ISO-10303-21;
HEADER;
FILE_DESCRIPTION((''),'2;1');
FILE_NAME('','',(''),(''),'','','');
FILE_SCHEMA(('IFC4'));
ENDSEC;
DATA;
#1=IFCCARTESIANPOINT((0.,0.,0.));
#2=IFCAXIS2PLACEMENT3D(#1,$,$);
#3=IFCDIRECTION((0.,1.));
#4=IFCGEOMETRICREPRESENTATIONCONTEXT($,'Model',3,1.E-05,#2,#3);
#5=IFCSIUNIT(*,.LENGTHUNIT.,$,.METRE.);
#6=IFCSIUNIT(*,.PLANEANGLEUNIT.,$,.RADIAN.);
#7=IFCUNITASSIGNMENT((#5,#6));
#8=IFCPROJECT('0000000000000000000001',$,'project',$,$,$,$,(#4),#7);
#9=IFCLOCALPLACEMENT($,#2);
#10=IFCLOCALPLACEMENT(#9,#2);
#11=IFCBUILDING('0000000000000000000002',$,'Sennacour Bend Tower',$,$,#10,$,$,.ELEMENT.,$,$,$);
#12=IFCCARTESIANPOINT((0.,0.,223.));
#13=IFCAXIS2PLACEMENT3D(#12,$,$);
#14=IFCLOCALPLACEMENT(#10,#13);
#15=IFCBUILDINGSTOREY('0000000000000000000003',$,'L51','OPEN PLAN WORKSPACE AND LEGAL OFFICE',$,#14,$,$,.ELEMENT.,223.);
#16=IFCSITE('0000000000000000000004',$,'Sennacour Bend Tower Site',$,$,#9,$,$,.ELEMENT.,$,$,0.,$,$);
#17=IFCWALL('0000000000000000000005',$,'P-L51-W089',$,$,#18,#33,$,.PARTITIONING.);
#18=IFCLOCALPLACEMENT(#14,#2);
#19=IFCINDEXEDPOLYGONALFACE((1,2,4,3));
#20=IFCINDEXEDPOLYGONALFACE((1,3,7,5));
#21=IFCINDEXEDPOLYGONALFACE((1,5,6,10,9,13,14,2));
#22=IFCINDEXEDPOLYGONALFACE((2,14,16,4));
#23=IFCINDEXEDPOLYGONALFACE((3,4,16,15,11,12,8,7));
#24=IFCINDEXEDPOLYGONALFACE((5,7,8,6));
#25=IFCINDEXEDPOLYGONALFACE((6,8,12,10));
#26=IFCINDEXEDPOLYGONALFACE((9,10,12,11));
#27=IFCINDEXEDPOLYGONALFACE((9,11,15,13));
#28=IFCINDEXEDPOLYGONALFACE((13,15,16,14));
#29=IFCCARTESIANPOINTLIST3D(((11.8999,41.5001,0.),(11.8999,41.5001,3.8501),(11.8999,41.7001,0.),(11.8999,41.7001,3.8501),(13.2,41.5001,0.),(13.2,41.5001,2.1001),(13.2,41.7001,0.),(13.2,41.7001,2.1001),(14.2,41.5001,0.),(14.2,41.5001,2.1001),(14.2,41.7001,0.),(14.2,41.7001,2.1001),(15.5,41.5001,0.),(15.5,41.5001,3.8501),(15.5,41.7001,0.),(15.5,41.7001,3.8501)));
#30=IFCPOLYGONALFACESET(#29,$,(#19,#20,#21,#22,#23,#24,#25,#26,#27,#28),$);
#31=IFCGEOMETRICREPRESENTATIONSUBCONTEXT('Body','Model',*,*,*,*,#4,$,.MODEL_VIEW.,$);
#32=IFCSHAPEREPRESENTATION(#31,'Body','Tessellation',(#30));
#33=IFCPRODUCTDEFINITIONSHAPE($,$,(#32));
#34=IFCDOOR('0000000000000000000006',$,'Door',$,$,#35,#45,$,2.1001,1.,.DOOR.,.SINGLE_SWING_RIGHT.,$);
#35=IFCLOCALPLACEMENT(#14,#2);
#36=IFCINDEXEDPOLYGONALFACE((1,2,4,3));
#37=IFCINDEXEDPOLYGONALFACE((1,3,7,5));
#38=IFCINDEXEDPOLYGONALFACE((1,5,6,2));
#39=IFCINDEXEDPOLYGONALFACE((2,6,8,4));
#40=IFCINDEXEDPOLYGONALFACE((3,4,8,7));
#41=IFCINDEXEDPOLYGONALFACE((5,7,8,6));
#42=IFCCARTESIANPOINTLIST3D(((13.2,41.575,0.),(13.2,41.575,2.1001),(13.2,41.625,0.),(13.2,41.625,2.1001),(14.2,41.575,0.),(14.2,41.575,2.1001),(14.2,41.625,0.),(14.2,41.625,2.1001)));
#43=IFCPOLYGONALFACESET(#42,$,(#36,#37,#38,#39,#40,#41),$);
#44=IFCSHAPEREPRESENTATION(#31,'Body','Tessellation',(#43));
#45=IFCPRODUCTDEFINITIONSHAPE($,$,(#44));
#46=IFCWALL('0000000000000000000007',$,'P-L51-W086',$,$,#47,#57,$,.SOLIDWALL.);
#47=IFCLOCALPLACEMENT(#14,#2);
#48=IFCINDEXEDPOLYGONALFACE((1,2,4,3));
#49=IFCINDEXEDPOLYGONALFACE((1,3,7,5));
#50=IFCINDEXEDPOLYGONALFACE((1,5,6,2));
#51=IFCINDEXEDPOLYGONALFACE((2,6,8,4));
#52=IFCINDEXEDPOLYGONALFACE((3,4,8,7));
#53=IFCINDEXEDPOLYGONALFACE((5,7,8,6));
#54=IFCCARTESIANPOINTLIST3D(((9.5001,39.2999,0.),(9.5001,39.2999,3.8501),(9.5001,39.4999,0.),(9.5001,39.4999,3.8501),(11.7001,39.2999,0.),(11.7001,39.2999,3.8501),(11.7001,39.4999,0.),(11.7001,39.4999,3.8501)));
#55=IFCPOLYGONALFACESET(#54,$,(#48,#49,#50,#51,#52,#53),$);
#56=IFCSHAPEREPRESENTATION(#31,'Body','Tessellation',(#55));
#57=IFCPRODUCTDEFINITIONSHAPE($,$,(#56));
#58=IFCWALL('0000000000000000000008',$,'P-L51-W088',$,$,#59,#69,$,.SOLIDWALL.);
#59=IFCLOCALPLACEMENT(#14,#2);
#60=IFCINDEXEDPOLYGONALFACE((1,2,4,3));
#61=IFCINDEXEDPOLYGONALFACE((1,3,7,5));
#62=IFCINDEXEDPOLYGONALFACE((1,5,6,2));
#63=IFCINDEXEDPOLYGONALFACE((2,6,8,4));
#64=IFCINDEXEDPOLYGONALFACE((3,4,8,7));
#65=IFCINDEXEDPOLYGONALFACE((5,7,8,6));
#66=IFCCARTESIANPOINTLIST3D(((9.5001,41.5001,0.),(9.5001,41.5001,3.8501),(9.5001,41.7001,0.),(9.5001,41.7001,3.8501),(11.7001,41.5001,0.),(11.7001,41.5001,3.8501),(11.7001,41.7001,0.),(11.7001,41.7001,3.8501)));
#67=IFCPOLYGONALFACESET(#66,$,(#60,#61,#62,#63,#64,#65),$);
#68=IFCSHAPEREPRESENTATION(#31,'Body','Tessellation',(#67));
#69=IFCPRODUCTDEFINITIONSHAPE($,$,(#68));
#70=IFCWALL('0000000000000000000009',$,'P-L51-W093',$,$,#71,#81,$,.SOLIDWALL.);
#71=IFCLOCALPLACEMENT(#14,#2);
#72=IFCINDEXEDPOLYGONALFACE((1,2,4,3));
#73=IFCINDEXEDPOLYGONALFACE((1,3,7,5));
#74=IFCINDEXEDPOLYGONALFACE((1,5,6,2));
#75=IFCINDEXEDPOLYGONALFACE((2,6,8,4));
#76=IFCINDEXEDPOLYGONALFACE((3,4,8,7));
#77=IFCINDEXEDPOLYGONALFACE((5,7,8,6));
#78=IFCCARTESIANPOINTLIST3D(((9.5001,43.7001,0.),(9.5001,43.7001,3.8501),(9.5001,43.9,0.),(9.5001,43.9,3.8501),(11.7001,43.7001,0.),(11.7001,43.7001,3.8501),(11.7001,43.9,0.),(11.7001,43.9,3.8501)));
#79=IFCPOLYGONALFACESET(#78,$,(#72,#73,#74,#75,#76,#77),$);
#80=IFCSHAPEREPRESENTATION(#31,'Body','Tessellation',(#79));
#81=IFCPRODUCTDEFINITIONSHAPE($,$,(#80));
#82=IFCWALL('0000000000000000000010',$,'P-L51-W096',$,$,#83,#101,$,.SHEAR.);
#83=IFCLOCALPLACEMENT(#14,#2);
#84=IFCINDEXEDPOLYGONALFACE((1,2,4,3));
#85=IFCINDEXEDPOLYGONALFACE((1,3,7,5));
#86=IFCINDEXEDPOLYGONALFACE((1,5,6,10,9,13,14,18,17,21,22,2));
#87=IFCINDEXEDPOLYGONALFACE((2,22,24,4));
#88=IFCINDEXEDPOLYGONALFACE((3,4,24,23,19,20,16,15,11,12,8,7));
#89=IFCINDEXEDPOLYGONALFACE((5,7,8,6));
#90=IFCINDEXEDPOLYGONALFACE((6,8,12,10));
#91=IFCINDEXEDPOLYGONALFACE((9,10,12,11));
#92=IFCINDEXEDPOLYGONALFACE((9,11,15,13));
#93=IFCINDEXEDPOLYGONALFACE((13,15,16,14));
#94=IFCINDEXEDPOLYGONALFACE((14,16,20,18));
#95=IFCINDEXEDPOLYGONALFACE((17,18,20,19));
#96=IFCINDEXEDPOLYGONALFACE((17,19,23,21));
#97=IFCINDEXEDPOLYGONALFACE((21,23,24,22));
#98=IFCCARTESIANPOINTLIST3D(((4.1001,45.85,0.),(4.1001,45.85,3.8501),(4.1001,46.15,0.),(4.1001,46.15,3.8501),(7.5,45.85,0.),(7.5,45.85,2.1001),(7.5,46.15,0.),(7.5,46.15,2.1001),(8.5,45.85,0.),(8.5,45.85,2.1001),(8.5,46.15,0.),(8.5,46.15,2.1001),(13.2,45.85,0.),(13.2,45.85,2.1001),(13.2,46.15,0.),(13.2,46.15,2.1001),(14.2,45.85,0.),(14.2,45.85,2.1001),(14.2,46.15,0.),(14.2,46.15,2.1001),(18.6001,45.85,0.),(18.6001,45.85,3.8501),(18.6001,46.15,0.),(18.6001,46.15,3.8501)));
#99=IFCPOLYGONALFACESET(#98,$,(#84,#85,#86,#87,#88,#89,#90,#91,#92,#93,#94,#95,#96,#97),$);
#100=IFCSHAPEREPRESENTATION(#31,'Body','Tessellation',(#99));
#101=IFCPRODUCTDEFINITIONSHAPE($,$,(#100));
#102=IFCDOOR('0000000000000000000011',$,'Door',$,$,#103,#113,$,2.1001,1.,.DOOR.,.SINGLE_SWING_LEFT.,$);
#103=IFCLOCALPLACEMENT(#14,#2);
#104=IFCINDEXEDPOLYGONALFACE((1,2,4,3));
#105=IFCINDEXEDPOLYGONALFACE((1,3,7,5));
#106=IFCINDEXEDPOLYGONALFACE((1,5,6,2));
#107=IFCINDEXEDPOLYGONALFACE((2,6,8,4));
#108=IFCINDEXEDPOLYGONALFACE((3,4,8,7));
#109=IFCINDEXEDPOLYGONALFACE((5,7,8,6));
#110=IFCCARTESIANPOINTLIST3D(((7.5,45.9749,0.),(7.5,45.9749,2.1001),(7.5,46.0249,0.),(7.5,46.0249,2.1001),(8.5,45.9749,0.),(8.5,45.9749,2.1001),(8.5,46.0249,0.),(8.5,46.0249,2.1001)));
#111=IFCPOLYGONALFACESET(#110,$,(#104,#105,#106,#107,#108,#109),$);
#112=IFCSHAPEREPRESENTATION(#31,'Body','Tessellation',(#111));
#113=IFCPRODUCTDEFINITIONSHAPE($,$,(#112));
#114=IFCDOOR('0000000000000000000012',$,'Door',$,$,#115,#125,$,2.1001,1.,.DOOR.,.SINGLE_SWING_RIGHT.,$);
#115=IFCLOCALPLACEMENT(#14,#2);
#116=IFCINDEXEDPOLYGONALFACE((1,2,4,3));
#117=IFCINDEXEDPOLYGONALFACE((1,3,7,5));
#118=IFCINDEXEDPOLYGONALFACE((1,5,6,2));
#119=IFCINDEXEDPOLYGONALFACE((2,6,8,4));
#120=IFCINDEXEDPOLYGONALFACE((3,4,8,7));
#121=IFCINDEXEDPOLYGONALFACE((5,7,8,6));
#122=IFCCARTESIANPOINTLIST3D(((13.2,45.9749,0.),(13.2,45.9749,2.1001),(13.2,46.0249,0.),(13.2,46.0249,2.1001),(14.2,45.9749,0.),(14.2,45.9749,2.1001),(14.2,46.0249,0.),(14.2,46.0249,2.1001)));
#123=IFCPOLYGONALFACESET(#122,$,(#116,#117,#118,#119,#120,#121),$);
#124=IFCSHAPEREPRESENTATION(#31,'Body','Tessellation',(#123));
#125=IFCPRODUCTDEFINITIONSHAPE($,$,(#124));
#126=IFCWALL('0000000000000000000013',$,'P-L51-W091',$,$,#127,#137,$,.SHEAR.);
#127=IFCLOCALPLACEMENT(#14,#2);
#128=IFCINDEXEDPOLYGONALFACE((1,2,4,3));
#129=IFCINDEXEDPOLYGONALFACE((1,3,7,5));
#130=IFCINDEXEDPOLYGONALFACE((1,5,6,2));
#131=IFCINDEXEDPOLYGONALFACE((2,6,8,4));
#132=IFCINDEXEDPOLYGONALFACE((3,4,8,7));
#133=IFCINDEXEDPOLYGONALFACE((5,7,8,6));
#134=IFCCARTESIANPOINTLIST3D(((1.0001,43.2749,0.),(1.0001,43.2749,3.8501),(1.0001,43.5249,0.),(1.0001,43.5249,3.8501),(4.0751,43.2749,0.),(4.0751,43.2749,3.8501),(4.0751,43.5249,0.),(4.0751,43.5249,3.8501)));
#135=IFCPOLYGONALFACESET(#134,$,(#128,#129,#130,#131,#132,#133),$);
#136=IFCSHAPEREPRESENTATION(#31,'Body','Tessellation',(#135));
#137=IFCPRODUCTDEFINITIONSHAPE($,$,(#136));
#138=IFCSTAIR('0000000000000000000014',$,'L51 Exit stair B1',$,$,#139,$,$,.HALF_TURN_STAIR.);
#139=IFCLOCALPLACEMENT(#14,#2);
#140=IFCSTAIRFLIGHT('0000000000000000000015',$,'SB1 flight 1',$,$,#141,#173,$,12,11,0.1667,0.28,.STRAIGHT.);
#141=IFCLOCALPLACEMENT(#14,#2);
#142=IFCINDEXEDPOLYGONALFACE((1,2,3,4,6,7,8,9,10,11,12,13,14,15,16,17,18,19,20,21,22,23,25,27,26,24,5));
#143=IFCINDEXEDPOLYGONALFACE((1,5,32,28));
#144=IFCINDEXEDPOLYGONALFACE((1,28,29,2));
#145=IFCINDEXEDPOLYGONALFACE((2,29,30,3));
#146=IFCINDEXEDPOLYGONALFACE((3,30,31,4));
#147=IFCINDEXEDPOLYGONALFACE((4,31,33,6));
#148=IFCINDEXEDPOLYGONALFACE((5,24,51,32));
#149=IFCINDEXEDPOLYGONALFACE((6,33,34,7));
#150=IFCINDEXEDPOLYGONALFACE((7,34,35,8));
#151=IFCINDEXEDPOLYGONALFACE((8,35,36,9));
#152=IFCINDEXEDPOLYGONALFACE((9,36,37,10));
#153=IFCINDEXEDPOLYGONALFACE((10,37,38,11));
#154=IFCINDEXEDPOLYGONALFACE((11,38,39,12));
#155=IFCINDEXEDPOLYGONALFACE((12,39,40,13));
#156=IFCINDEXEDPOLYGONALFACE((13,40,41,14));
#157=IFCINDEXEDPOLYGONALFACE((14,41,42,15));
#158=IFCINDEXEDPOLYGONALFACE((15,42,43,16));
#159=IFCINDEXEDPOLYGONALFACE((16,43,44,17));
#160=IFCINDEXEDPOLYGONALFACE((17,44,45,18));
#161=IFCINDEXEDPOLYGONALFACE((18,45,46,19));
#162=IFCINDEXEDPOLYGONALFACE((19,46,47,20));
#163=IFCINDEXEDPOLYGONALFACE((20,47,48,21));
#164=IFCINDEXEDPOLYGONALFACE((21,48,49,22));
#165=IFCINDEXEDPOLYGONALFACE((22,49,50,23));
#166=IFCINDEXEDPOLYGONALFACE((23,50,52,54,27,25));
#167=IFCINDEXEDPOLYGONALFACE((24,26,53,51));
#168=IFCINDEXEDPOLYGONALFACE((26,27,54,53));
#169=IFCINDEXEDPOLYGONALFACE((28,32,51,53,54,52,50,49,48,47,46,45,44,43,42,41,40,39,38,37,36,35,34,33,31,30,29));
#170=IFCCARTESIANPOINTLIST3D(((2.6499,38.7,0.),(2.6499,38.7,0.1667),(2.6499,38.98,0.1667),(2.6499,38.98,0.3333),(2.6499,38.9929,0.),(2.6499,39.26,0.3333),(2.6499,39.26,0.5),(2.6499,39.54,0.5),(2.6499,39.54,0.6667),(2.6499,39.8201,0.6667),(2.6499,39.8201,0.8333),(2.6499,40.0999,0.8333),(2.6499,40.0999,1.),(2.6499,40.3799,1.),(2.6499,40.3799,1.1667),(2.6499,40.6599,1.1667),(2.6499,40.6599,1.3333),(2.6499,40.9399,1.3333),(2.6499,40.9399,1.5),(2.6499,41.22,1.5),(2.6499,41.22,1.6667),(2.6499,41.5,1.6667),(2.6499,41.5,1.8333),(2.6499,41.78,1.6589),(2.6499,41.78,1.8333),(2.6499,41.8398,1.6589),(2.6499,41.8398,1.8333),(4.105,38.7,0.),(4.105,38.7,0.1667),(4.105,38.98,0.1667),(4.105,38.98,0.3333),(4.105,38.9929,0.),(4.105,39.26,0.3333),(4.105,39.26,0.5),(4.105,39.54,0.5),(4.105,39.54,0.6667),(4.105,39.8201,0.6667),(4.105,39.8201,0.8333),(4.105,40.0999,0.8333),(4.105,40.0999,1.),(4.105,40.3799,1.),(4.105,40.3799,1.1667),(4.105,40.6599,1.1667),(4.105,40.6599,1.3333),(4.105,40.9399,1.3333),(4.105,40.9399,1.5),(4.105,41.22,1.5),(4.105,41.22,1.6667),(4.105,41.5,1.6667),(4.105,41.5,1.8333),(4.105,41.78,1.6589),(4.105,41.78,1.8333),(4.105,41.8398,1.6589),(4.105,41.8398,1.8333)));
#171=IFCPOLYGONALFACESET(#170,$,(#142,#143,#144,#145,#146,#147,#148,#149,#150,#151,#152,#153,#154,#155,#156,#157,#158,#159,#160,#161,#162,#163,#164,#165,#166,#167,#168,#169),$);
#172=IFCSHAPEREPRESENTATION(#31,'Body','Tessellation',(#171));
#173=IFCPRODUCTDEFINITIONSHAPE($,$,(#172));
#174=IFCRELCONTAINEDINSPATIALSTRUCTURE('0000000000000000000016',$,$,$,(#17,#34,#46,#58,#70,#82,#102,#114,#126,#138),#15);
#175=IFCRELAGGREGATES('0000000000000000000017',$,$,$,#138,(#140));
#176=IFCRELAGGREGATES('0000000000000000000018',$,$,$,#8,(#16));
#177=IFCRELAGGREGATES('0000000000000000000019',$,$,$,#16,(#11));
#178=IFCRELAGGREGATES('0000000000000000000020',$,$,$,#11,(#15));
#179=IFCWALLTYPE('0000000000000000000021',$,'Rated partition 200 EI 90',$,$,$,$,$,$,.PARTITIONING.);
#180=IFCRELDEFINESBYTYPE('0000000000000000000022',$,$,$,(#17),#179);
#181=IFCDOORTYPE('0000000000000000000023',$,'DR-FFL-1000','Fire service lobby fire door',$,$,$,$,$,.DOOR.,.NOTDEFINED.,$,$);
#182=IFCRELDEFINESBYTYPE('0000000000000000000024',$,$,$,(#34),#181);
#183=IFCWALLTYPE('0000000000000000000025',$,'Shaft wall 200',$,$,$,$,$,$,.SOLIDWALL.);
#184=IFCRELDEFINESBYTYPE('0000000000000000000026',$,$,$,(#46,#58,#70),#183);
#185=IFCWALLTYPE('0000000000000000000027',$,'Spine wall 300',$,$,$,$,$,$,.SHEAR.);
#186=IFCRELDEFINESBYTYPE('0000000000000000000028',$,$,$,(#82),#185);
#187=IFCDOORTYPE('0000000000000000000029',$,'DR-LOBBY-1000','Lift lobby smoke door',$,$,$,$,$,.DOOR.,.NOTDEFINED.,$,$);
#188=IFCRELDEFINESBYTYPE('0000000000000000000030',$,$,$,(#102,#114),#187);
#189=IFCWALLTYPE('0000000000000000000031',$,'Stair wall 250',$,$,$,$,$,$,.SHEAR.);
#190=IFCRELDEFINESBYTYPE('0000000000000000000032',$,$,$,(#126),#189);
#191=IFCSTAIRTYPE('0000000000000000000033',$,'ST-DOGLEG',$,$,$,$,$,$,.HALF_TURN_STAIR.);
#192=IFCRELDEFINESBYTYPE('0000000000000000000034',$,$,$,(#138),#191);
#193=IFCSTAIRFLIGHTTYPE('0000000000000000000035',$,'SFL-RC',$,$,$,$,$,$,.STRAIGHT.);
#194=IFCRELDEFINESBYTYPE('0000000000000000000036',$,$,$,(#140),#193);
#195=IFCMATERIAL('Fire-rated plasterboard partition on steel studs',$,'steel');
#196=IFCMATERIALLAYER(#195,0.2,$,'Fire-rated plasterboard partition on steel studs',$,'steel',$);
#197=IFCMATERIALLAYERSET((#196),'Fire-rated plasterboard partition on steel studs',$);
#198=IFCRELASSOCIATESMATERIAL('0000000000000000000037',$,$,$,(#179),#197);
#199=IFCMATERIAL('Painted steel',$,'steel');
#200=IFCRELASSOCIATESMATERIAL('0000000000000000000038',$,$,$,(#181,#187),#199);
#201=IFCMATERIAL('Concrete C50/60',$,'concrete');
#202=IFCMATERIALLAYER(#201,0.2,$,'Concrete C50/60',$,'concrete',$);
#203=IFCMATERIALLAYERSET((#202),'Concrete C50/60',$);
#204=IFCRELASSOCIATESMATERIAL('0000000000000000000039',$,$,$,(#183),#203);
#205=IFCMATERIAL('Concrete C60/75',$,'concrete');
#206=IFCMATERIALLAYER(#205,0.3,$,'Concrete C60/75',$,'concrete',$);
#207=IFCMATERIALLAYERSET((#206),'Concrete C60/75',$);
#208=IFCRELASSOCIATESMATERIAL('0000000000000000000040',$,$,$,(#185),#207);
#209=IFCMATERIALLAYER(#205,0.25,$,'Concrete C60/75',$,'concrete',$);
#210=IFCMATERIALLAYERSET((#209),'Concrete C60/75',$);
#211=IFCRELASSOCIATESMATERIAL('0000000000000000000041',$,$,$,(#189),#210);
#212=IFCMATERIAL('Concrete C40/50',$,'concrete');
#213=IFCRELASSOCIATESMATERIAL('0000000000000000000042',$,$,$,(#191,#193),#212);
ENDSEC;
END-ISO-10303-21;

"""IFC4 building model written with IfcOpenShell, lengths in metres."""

from ifc_helpers import new_model, si_unit, direction, frame, frame_2d, origin, place, context, subcontext, project, spatial, polyline, rectangle, outline, extrude, material, layer, layer_set, type_object, element, fill, aggregate, save


model = new_model("IFC4")

# Units and contexts
model_context = context("Model", 3, precision=1e-05, world=origin(), true_north=direction((0.0, 1.0)))
body_context = subcontext(model_context, "Body", "Model", "MODEL_VIEW")
ifc_project = project(units=[si_unit("LENGTHUNIT", "METRE"), si_unit("PLANEANGLEUNIT", "RADIAN")], contexts=[model_context])

# Site, building, storey
site_placement = place(None, origin())
site = spatial("IfcSite", under=ifc_project, at=site_placement, Name="Sennacour Bend Tower Site", CompositionType="ELEMENT", RefElevation=0.0)
building_placement = place(site_placement, origin())
building = spatial("IfcBuilding", under=site, at=building_placement, Name="Sennacour Bend Tower", CompositionType="ELEMENT")
storey_placement = place(building_placement, frame((0.0, 0.0, 223.0)))
storey = spatial("IfcBuildingStorey", under=building, at=storey_placement, Name="L51", Description="OPEN PLAN WORKSPACE AND LEGAL OFFICE", CompositionType="ELEMENT", Elevation=223.0)

# Shared definitions
ifc_material_1 = material(Name="Concrete C60/75", Category="concrete")
ifc_material_2 = material(Name="Fire-rated plasterboard partition on steel studs", Category="steel")

# Shared definitions
ifc_material_3 = material(Name="Painted steel", Category="steel")

# Wall, opening, door
ifc_layer_1 = layer(ifc_material_2, 0.2, Name="Fire-rated plasterboard partition on steel studs", Category="steel")
ifc_layer_set_1 = layer_set([ifc_layer_1], Name="Fire-rated plasterboard partition on steel studs")
wall_type_1 = type_object("IfcWallType", Name="Rated partition 200 EI 90", PredefinedType="PARTITIONING", material=ifc_layer_set_1)
wall_1_placement = place(storey_placement, frame((11.8999, 41.6001, 0.0), z_axis=(0.0, 0.0, 1.0), x_axis=(1.0, 0.0, 0.0)))
wall_1 = element("IfcWall", 1, at=wall_1_placement, inside=storey, type_object=wall_type_1, Name="P-L51-W089", PredefinedType="PARTITIONING", context=body_context, shape_type="SweptSolid", body=[
    extrude(rectangle(XDim=3.6001, YDim=0.2, at=frame_2d((1.8, 0.0))), origin(), (0.0, 0.0, 1.0), 3.8501),
])
opening_1_placement = place(wall_1_placement, frame((1.3, 0.0, 0.0)))
opening_1 = element("IfcOpeningElement", 2, at=opening_1_placement, cuts=wall_1, PredefinedType="OPENING", context=body_context, shape_type="SweptSolid", body=[
    extrude(rectangle(XDim=1.0, YDim=2.1001, at=frame_2d((0.5, 1.05))), frame((0.0, 0.1099, 0.0), z_axis=(0.0, -1.0, 0.0), x_axis=(1.0, 0.0, 0.0)), (0.0, 0.0, 1.0), 0.22),
])
door_type_1 = type_object("IfcDoorType", Name="DR-FFL-1000", Description="Fire service lobby fire door", OperationType="NOTDEFINED", PredefinedType="DOOR", material=ifc_material_3)
door_1_placement = place(opening_1_placement, origin())
door_1 = element("IfcDoor", 3, at=door_1_placement, inside=storey, type_object=door_type_1, Name="Door", OperationType="SINGLE_SWING_RIGHT", OverallHeight=2.1001, OverallWidth=1.0, PredefinedType="DOOR", context=body_context, shape_type="SweptSolid", body=[
    extrude(rectangle(XDim=1.0, YDim=2.1001, at=frame_2d((0.5, 1.05))), frame((0.0, 0.0249, 0.0), z_axis=(0.0, -1.0, 0.0), x_axis=(1.0, 0.0, 0.0)), (0.0, 0.0, 1.0), 0.05),
])
fill(opening_1, door_1)

# Walls
ifc_material_4 = material(Name="Concrete C50/60", Category="concrete")
ifc_layer_2 = layer(ifc_material_4, 0.2, Name="Concrete C50/60", Category="concrete")
ifc_layer_set_2 = layer_set([ifc_layer_2], Name="Concrete C50/60")
wall_type_2 = type_object("IfcWallType", Name="Shaft wall 200", PredefinedType="SOLIDWALL", material=ifc_layer_set_2)
for number, where, z_axis, x_axis, name in (
    (4, (9.5, 39.3999, 0.0), (0.0, 0.0, 1.0), (1.0, 0.0, 0.0), "P-L51-W086"),
    (5, (9.5, 41.6001, 0.0), (0.0, 0.0, 1.0), (1.0, 0.0, 0.0), "P-L51-W088"),
    (6, (9.5, 43.8, 0.0), (0.0, 0.0, 1.0), (1.0, 0.0, 0.0), "P-L51-W093"),
):
    element("IfcWall", number, at=place(storey_placement, frame(where, z_axis=z_axis, x_axis=x_axis)), inside=storey, type_object=wall_type_2, Name=name, PredefinedType="SOLIDWALL", context=body_context, shape_type="SweptSolid", body=[
        extrude(rectangle(XDim=2.2, YDim=0.2, at=frame_2d((1.1001, 0.0))), origin(), (0.0, 0.0, 1.0), 3.8501),
    ])

# Wall, openings, doors
ifc_layer_3 = layer(ifc_material_1, 0.3, Name="Concrete C60/75", Category="concrete")
ifc_layer_set_3 = layer_set([ifc_layer_3], Name="Concrete C60/75")
wall_type_3 = type_object("IfcWallType", Name="Spine wall 300", PredefinedType="SHEAR", material=ifc_layer_set_3)
wall_2_placement = place(storey_placement, frame((4.1001, 46.0, 0.0), z_axis=(0.0, 0.0, 1.0), x_axis=(1.0, 0.0, 0.0)))
wall_2 = element("IfcWall", 7, at=wall_2_placement, inside=storey, type_object=wall_type_3, Name="P-L51-W096", PredefinedType="SHEAR", context=body_context, shape_type="SweptSolid", body=[
    extrude(rectangle(XDim=14.5, YDim=0.3, at=frame_2d((7.25, 0.0))), origin(), (0.0, 0.0, 1.0), 3.8501),
])
opening_2_placement = place(wall_2_placement, frame((3.3999, 0.0, 0.0)))
opening_2 = element("IfcOpeningElement", 8, at=opening_2_placement, cuts=wall_2, PredefinedType="OPENING", context=body_context, shape_type="SweptSolid", body=[
    extrude(rectangle(XDim=1.0, YDim=2.1001, at=frame_2d((0.5, 1.05))), frame((0.0, 0.1602, 0.0), z_axis=(0.0, -1.0, 0.0), x_axis=(1.0, 0.0, 0.0)), (0.0, 0.0, 1.0), 0.3201),
])
opening_3_placement = place(wall_2_placement, frame((9.0999, 0.0, 0.0)))
opening_3 = element("IfcOpeningElement", 9, at=opening_3_placement, cuts=wall_2, PredefinedType="OPENING", context=body_context, shape_type="SweptSolid", body=[
    extrude(rectangle(XDim=1.0, YDim=2.1001, at=frame_2d((0.5, 1.05))), frame((0.0, 0.1602, 0.0), z_axis=(0.0, -1.0, 0.0), x_axis=(1.0, 0.0, 0.0)), (0.0, 0.0, 1.0), 0.3201),
])
door_type_2 = type_object("IfcDoorType", Name="DR-LOBBY-1000", Description="Lift lobby smoke door", OperationType="NOTDEFINED", PredefinedType="DOOR", material=ifc_material_3)
door_2_placement = place(opening_2_placement, origin())
door_2 = element("IfcDoor", 10, at=door_2_placement, inside=storey, type_object=door_type_2, Name="Door", OperationType="SINGLE_SWING_LEFT", OverallHeight=2.1001, OverallWidth=1.0, PredefinedType="DOOR", context=body_context, shape_type="SweptSolid", body=[
    extrude(rectangle(XDim=1.0, YDim=2.1001, at=frame_2d((0.5, 1.05))), frame((0.0, 0.0249, 0.0), z_axis=(0.0, -1.0, 0.0), x_axis=(1.0, 0.0, 0.0)), (0.0, 0.0, 1.0), 0.05),
])
fill(opening_2, door_2)
door_3_placement = place(opening_3_placement, origin())
door_3 = element("IfcDoor", 11, at=door_3_placement, inside=storey, type_object=door_type_2, Name="Door", OperationType="SINGLE_SWING_RIGHT", OverallHeight=2.1001, OverallWidth=1.0, PredefinedType="DOOR", context=body_context, shape_type="SweptSolid", body=[
    extrude(rectangle(XDim=1.0, YDim=2.1001, at=frame_2d((0.5, 1.05))), frame((0.0, 0.0249, 0.0), z_axis=(0.0, -1.0, 0.0), x_axis=(1.0, 0.0, 0.0)), (0.0, 0.0, 1.0), 0.05),
])
fill(opening_3, door_3)

# Wall
ifc_layer_4 = layer(ifc_material_1, 0.25, Name="Concrete C60/75", Category="concrete")
ifc_layer_set_4 = layer_set([ifc_layer_4], Name="Concrete C60/75")
wall_type_4 = type_object("IfcWallType", Name="Stair wall 250", PredefinedType="SHEAR", material=ifc_layer_set_4)
wall_3_placement = place(storey_placement, frame((1.0, 43.3999, 0.0), z_axis=(0.0, 0.0, 1.0), x_axis=(1.0, 0.0, 0.0)))
element("IfcWall", 12, at=wall_3_placement, inside=storey, type_object=wall_type_4, Name="P-L51-W091", PredefinedType="SHEAR", context=body_context, shape_type="SweptSolid", body=[
    extrude(rectangle(XDim=3.075, YDim=0.25, at=frame_2d((1.5376, 0.0))), origin(), (0.0, 0.0, 1.0), 3.8501),
])

# Stair, stair flight
ifc_material_5 = material(Name="Concrete C40/50", Category="concrete")
stair_type = type_object("IfcStairType", Name="ST-DOGLEG", PredefinedType="HALF_TURN_STAIR", material=ifc_material_5)
stair_placement = place(storey_placement, origin())
stair = element("IfcStair", 13, at=stair_placement, inside=storey, type_object=stair_type, Name="L51 Exit stair B1", PredefinedType="HALF_TURN_STAIR")
stair_flight_type = type_object("IfcStairFlightType", Name="SFL-RC", PredefinedType="STRAIGHT", material=ifc_material_5)
stair_flight_1_placement = place(storey_placement, frame((3.3774, 38.7, 0.0), z_axis=(0.0, 0.0, 1.0), x_axis=(0.0, 1.0, 0.0)))
stair_flight_1 = element("IfcStairFlight", 14, at=stair_flight_1_placement, type_object=stair_flight_type, Name="SB1 flight 1", NumberOfRisers=12, NumberOfTreads=11, PredefinedType="STRAIGHT", RiserHeight=0.1667, TreadLength=0.28, context=body_context, shape_type="SweptSolid", body=[
    extrude(outline(polyline([(0.0, 0.0), (0.0, 0.1667), (0.28, 0.1667), (0.28, 0.3333), (0.5601, 0.3333), (0.5601, 0.5), (0.8401, 0.5), (0.8401, 0.6667), (1.1201, 0.6667), (1.1201, 0.8333), (1.3999, 0.8333), (1.3999, 1.0), (1.6799, 1.0), (1.6799, 1.1667), (1.96, 1.1667), (1.96, 1.3333), (2.24, 1.3333), (2.24, 1.5), (2.52, 1.5), (2.52, 1.6667), (2.8, 1.6667), (2.8, 1.8333), (3.0801, 1.8333), (3.1399, 1.8333), (3.1399, 1.6589), (3.0801, 1.6589), (0.293, 0.0), (0.0, 0.0)])), frame((0.0, 0.7275, 0.0), z_axis=(0.0, -1.0, 0.0), x_axis=(1.0, 0.0, 0.0)), (0.0, 0.0, 1.0), 1.4551),
])
aggregate(stair, [stair_flight_1])

save(model, "model.ifc")
